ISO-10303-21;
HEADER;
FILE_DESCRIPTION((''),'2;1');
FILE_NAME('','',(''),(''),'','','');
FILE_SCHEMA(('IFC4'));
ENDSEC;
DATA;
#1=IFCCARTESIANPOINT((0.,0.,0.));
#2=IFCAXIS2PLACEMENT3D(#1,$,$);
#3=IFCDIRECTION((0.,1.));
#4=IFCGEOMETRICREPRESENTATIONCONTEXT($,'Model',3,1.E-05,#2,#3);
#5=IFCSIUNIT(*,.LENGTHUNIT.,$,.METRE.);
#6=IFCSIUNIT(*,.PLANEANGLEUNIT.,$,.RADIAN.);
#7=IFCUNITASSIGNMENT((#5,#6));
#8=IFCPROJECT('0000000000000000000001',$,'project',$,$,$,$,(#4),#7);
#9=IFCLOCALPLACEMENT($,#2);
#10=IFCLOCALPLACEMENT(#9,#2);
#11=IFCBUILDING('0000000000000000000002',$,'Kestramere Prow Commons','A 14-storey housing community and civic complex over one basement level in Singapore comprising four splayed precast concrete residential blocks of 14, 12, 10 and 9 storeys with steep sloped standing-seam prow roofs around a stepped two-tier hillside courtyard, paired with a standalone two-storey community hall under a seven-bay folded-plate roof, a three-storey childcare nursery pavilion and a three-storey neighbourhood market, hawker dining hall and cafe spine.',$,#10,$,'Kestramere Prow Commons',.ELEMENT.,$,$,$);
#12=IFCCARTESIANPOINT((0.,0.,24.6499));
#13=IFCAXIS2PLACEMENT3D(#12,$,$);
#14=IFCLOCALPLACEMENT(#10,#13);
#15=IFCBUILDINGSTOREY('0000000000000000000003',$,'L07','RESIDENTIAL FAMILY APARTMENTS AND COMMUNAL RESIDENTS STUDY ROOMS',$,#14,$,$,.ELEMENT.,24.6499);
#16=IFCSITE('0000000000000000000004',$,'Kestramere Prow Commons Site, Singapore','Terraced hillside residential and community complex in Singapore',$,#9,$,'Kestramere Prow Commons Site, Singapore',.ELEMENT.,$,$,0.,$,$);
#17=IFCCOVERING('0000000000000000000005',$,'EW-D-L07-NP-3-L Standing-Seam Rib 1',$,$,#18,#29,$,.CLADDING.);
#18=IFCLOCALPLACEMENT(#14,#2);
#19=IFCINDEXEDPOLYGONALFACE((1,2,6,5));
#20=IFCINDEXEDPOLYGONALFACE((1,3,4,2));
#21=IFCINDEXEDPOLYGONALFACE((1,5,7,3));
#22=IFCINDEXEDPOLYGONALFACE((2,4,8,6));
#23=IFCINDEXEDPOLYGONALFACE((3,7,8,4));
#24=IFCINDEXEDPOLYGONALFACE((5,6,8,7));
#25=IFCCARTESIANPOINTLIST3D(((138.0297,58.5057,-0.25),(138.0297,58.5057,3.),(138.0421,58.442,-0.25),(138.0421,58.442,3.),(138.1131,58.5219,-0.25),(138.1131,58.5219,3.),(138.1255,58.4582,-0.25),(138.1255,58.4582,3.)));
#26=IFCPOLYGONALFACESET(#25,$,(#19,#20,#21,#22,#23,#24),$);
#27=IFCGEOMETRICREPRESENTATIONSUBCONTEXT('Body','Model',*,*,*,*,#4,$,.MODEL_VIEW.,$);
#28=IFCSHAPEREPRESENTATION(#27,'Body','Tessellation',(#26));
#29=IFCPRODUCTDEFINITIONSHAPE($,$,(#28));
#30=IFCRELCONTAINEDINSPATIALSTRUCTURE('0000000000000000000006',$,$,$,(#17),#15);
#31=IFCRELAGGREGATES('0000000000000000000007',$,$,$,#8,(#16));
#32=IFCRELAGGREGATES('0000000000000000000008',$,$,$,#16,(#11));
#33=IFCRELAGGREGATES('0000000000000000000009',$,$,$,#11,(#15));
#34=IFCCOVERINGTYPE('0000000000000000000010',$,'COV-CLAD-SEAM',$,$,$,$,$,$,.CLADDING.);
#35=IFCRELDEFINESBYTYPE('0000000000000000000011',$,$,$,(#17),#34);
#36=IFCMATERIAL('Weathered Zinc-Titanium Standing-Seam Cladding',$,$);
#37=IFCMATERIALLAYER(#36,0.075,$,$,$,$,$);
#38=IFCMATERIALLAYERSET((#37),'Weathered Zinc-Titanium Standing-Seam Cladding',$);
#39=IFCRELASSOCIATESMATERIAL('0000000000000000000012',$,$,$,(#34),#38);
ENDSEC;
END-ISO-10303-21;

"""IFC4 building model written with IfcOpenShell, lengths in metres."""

from ifc_helpers import new_model, si_unit, direction, frame, origin, origin_2d, place, context, subcontext, project, spatial, rectangle, extrude, material, layer, layer_set, type_object, element, save


model = new_model("IFC4")

# Units and contexts
model_context = context("Model", 3, precision=1e-05, world=origin(), true_north=direction((0.0, 1.0)))
body_context = subcontext(model_context, "Body", "Model", "MODEL_VIEW")
ifc_project = project(units=[si_unit("LENGTHUNIT", "METRE"), si_unit("PLANEANGLEUNIT", "RADIAN")], contexts=[model_context])

# Site, building, storey
site_placement = place(None, origin())
site = spatial("IfcSite", under=ifc_project, at=site_placement, Name="Kestramere Prow Commons Site, Singapore", Description="Terraced hillside residential and community complex in Singapore", LongName="Kestramere Prow Commons Site, Singapore", CompositionType="ELEMENT", RefElevation=0.0)
building_placement = place(site_placement, origin())
building = spatial("IfcBuilding", under=site, at=building_placement, Name="Kestramere Prow Commons", Description="A 14-storey housing community and civic complex over one basement level in Singapore comprising four splayed precast concrete residential blocks of 14, 12, 10 and 9 storeys with steep sloped standing-seam prow roofs around a stepped two-tier hillside courtyard, paired with a standalone two-storey community hall under a seven-bay folded-plate roof, a three-storey childcare nursery pavilion and a three-storey neighbourhood market, hawker dining hall and cafe spine.", LongName="Kestramere Prow Commons", CompositionType="ELEMENT")
storey_placement = place(building_placement, frame((0.0, 0.0, 24.6499)))
storey = spatial("IfcBuildingStorey", under=building, at=storey_placement, Name="L07", Description="RESIDENTIAL FAMILY APARTMENTS AND COMMUNAL RESIDENTS STUDY ROOMS", CompositionType="ELEMENT", Elevation=24.6499)

# Covering
ifc_material_1 = material(Name="Weathered Zinc-Titanium Standing-Seam Cladding")
ifc_layer_1 = layer(ifc_material_1, 0.075)
ifc_layer_set_1 = layer_set([ifc_layer_1], Name="Weathered Zinc-Titanium Standing-Seam Cladding")
covering_type = type_object("IfcCoveringType", Name="COV-CLAD-SEAM", PredefinedType="CLADDING", material=ifc_layer_set_1)
covering_1_placement = place(storey_placement, frame((138.0776, 58.4819, -0.25), z_axis=(0.0, 0.0, 1.0), x_axis=(0.981627, 0.190809, 0.0)))
element("IfcCovering", 1, at=covering_1_placement, inside=storey, type_object=covering_type, Name="EW-D-L07-NP-3-L Standing-Seam Rib 1", PredefinedType="CLADDING", context=body_context, shape_type="SweptSolid", body=[
    extrude(rectangle(XDim=0.085, YDim=0.0649, at=origin_2d()), origin(), (0.0, 0.0, 1.0), 3.25),
])

save(model, "model.ifc")
